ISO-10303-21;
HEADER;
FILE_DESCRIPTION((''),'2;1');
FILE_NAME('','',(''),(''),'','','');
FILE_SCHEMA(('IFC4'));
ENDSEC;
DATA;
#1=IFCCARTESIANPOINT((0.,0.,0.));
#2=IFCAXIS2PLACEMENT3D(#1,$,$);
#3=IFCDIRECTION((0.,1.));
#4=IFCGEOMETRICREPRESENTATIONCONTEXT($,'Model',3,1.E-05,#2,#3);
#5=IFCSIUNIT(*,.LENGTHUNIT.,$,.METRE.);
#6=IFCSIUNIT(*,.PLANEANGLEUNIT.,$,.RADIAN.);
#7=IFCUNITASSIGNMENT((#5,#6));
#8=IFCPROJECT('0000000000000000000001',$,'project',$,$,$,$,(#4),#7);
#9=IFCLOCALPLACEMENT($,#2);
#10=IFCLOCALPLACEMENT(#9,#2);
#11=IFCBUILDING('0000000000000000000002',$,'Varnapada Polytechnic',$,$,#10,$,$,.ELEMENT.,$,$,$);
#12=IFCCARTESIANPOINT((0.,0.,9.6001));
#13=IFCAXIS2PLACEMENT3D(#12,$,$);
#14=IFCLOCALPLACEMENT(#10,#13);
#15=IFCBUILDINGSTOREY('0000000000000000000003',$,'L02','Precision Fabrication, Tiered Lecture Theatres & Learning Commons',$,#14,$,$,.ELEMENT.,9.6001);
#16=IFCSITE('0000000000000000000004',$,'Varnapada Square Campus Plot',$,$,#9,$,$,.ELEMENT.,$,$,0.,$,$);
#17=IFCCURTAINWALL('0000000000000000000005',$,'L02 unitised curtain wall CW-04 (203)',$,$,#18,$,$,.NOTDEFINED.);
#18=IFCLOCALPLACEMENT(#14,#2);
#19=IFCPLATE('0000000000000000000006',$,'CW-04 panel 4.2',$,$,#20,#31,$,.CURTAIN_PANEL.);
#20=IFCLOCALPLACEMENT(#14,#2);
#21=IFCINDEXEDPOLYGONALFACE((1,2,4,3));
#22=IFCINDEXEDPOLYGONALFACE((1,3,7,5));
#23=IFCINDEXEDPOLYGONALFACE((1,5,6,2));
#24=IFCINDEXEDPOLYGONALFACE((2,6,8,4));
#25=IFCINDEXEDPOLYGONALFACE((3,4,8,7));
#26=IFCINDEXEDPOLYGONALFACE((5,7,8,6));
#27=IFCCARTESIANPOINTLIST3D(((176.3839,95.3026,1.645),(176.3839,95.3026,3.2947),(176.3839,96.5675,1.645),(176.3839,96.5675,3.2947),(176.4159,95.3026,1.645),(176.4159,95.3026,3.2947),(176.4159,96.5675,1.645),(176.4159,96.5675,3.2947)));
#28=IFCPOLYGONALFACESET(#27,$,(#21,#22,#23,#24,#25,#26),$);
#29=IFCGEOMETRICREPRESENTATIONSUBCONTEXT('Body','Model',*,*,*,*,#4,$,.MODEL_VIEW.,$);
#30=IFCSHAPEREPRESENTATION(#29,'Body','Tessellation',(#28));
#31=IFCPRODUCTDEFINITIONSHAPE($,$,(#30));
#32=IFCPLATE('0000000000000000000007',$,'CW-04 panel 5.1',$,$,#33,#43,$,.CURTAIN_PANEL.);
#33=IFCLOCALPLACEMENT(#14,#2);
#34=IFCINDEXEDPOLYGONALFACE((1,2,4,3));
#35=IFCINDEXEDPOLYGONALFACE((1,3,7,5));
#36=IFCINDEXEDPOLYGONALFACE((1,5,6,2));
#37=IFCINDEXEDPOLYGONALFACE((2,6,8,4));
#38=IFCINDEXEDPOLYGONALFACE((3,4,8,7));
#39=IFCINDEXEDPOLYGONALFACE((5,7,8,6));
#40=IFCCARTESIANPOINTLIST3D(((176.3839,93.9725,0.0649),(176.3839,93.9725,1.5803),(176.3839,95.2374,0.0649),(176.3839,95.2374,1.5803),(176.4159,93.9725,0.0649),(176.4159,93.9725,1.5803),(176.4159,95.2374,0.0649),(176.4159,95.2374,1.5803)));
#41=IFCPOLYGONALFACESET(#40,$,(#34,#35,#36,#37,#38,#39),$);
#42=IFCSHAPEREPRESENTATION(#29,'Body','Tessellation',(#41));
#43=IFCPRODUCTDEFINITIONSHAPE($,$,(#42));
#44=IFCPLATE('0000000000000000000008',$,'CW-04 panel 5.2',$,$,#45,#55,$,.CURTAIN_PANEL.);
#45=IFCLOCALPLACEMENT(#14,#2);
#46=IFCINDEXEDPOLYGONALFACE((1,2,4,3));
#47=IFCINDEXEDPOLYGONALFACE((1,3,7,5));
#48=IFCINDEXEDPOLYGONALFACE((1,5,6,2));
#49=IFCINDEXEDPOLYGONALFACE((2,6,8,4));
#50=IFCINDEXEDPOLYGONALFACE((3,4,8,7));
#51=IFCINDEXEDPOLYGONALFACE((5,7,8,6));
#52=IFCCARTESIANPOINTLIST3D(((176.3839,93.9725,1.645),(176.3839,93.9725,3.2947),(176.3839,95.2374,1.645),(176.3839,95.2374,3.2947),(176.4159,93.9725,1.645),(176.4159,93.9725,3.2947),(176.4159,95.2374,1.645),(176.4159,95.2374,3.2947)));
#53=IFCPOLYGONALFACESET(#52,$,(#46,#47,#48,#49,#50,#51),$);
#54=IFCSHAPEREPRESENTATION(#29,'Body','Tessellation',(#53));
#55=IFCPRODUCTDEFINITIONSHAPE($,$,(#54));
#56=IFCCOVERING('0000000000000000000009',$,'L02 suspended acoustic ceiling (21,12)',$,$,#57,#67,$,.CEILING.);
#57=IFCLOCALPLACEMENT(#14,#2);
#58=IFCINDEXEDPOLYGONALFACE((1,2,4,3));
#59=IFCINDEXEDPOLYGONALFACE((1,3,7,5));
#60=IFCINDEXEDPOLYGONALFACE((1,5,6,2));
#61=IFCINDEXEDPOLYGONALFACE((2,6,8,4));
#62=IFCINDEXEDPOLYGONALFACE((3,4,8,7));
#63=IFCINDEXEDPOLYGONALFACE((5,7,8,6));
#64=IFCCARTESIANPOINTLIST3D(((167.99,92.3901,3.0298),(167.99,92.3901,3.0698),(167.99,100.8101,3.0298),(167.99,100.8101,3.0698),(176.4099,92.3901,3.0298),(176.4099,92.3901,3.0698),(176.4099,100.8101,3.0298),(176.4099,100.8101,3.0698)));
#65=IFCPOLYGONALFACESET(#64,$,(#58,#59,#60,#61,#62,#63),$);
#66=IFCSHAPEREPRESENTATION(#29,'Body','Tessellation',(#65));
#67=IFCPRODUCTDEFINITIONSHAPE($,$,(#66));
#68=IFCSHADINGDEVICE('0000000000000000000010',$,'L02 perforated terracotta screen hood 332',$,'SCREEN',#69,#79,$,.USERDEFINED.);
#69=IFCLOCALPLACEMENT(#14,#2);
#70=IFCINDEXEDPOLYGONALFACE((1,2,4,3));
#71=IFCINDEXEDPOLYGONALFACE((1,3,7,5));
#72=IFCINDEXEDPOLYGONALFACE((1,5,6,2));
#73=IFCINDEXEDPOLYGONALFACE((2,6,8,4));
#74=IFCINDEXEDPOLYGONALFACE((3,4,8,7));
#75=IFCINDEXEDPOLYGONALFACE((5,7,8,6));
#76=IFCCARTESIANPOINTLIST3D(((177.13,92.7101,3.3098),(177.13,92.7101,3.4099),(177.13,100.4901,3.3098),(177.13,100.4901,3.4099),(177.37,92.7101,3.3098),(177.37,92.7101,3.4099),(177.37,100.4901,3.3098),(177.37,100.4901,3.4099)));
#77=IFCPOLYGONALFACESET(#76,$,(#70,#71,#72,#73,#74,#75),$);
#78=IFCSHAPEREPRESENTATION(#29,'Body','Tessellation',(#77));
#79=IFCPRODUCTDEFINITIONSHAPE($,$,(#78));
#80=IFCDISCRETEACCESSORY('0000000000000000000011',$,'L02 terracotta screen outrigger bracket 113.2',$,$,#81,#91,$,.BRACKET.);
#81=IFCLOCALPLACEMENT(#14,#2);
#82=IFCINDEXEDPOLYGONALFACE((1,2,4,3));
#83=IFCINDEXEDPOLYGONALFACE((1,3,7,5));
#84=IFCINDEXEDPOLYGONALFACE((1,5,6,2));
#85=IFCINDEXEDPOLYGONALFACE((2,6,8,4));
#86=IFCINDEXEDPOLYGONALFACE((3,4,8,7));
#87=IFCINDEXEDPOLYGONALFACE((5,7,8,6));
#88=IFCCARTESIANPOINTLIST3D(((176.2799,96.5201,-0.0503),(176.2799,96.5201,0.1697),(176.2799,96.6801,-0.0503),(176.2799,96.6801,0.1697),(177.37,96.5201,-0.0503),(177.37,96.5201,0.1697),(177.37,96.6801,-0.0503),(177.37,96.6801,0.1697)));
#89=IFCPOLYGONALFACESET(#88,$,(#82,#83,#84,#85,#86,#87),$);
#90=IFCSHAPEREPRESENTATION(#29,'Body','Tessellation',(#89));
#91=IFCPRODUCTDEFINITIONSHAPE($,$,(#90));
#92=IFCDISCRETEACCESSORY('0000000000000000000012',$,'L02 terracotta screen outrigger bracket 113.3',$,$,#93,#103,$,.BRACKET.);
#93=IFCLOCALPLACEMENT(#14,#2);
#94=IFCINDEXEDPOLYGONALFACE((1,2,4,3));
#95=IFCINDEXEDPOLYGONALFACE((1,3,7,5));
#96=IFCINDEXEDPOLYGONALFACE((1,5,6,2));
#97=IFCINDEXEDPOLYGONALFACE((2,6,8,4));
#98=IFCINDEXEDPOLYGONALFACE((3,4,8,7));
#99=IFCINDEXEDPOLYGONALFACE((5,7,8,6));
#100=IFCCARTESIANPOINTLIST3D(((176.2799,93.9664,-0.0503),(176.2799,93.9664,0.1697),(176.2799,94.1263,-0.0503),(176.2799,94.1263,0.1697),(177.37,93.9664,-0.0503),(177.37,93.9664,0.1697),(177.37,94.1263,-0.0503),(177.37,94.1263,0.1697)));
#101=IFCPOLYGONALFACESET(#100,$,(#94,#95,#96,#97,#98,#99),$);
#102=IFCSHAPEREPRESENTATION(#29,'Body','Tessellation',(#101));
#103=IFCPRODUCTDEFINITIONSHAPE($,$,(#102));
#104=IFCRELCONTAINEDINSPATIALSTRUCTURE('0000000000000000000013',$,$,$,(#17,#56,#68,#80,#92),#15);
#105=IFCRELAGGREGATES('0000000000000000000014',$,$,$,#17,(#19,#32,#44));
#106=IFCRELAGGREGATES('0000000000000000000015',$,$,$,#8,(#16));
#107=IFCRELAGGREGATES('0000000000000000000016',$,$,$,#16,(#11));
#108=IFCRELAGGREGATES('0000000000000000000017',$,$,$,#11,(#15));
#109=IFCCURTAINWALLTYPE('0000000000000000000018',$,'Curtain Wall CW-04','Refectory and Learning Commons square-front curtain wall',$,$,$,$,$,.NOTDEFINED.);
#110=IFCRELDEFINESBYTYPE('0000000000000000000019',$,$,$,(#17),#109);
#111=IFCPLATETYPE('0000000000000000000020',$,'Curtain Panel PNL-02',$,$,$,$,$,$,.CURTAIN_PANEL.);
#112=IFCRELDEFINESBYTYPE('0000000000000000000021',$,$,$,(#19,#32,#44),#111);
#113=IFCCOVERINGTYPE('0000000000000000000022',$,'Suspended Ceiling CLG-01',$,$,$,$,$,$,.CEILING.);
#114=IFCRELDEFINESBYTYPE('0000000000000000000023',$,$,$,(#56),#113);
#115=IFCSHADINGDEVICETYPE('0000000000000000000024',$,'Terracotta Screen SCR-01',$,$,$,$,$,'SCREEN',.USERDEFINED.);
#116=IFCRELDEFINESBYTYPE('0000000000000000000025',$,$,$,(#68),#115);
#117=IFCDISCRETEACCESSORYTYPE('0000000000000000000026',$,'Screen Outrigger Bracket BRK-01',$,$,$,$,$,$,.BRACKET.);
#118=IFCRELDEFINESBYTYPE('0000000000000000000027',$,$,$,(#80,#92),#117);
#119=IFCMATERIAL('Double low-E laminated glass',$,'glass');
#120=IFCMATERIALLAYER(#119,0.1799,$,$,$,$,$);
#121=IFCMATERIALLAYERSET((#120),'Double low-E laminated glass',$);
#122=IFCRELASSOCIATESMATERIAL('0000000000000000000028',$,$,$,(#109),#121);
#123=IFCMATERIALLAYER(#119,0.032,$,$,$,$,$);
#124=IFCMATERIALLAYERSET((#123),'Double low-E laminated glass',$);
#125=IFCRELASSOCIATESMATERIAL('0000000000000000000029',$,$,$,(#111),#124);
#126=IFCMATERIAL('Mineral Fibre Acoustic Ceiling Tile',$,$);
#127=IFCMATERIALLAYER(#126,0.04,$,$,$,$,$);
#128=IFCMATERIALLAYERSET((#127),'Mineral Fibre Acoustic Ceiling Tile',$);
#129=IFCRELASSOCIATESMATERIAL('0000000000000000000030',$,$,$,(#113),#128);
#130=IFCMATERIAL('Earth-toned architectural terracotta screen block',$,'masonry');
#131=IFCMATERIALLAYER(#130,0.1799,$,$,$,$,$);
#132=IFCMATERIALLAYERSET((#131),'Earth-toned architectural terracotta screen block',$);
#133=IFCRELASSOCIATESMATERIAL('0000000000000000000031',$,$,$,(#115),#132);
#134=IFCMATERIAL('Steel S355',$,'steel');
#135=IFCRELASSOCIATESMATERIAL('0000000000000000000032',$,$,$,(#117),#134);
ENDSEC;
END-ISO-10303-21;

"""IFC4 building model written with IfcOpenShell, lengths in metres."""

from ifc_helpers import new_model, si_unit, direction, frame, origin, origin_2d, place, context, subcontext, project, spatial, rectangle, extrude, material, layer, layer_set, type_object, element, aggregate, save


model = new_model("IFC4")

# Units and contexts
model_context = context("Model", 3, precision=1e-05, world=origin(), true_north=direction((0.0, 1.0)))
body_context = subcontext(model_context, "Body", "Model", "MODEL_VIEW")
ifc_project = project(units=[si_unit("LENGTHUNIT", "METRE"), si_unit("PLANEANGLEUNIT", "RADIAN")], contexts=[model_context])

# Site, building, storey
site_placement = place(None, origin())
site = spatial("IfcSite", under=ifc_project, at=site_placement, Name="Varnapada Square Campus Plot", CompositionType="ELEMENT", RefElevation=0.0)
building_placement = place(site_placement, origin())
building = spatial("IfcBuilding", under=site, at=building_placement, Name="Varnapada Polytechnic", CompositionType="ELEMENT")
storey_placement = place(building_placement, frame((0.0, 0.0, 9.6001)))
storey = spatial("IfcBuildingStorey", under=building, at=storey_placement, Name="L02", Description="Precision Fabrication, Tiered Lecture Theatres & Learning Commons", CompositionType="ELEMENT", Elevation=9.6001)

# Curtain wall, plates
ifc_material_1 = material(Name="Double low-E laminated glass", Category="glass")
ifc_layer_1 = layer(ifc_material_1, 0.1799)
ifc_layer_set_1 = layer_set([ifc_layer_1], Name="Double low-E laminated glass")
curtain_wall_type = type_object("IfcCurtainWallType", Name="Curtain Wall CW-04", Description="Refectory and Learning Commons square-front curtain wall", PredefinedType="NOTDEFINED", material=ifc_layer_set_1)
curtain_wall_placement = place(storey_placement, origin())
curtain_wall = element("IfcCurtainWall", 1, at=curtain_wall_placement, inside=storey, type_object=curtain_wall_type, Name="L02 unitised curtain wall CW-04 (203)", PredefinedType="NOTDEFINED")
ifc_layer_2 = layer(ifc_material_1, 0.032)
ifc_layer_set_2 = layer_set([ifc_layer_2], Name="Double low-E laminated glass")
plate_type = type_object("IfcPlateType", Name="Curtain Panel PNL-02", PredefinedType="CURTAIN_PANEL", material=ifc_layer_set_2)
plate_1_placement = place(storey_placement, frame((176.3999, 95.9351, 1.645), z_axis=(0.0, 0.0, 1.0), x_axis=(0.0, -1.0, 0.0)))
plate_1 = element("IfcPlate", 2, at=plate_1_placement, type_object=plate_type, Name="CW-04 panel 4.2", PredefinedType="CURTAIN_PANEL", context=body_context, shape_type="SweptSolid", body=[
    extrude(rectangle(XDim=1.2649, YDim=0.032, at=origin_2d()), origin(), (0.0, 0.0, 1.0), 1.6497),
])
plate_2_placement = place(storey_placement, frame((176.3999, 94.605, 0.0649), z_axis=(0.0, 0.0, 1.0), x_axis=(0.0, -1.0, 0.0)))
plate_2 = element("IfcPlate", 3, at=plate_2_placement, type_object=plate_type, Name="CW-04 panel 5.1", PredefinedType="CURTAIN_PANEL", context=body_context, shape_type="SweptSolid", body=[
    extrude(rectangle(XDim=1.2649, YDim=0.032, at=origin_2d()), origin(), (0.0, 0.0, 1.0), 1.5154),
])
plate_3_placement = place(storey_placement, frame((176.3999, 94.605, 1.645), z_axis=(0.0, 0.0, 1.0), x_axis=(0.0, -1.0, 0.0)))
plate_3 = element("IfcPlate", 4, at=plate_3_placement, type_object=plate_type, Name="CW-04 panel 5.2", PredefinedType="CURTAIN_PANEL", context=body_context, shape_type="SweptSolid", body=[
    extrude(rectangle(XDim=1.2649, YDim=0.032, at=origin_2d()), origin(), (0.0, 0.0, 1.0), 1.6497),
])
aggregate(curtain_wall, [plate_1, plate_2, plate_3])

# Covering
ifc_material_2 = material(Name="Mineral Fibre Acoustic Ceiling Tile")
ifc_layer_3 = layer(ifc_material_2, 0.04)
ifc_layer_set_3 = layer_set([ifc_layer_3], Name="Mineral Fibre Acoustic Ceiling Tile")
covering_type = type_object("IfcCoveringType", Name="Suspended Ceiling CLG-01", PredefinedType="CEILING", material=ifc_layer_set_3)
covering_placement = place(storey_placement, frame((172.2, 96.6001, 3.0298), z_axis=(0.0, 0.0, 1.0), x_axis=(1.0, 0.0, 0.0)))
element("IfcCovering", 5, at=covering_placement, inside=storey, type_object=covering_type, Name="L02 suspended acoustic ceiling (21,12)", PredefinedType="CEILING", context=body_context, shape_type="SweptSolid", body=[
    extrude(rectangle(XDim=8.4199, YDim=8.4199, at=origin_2d()), origin(), (0.0, 0.0, 1.0), 0.04),
])

# Shading device
ifc_material_3 = material(Name="Earth-toned architectural terracotta screen block", Category="masonry")
ifc_layer_4 = layer(ifc_material_3, 0.1799)
ifc_layer_set_4 = layer_set([ifc_layer_4], Name="Earth-toned architectural terracotta screen block")
shading_device_type = type_object("IfcShadingDeviceType", Name="Terracotta Screen SCR-01", ElementType="SCREEN", PredefinedType="USERDEFINED", material=ifc_layer_set_4)
shading_device_placement = place(storey_placement, frame((177.25, 96.6001, 3.3098), z_axis=(0.0, 0.0, 1.0), x_axis=(0.0, -1.0, 0.0)))
element("IfcShadingDevice", 6, at=shading_device_placement, inside=storey, type_object=shading_device_type, Name="L02 perforated terracotta screen hood 332", ObjectType="SCREEN", PredefinedType="USERDEFINED", context=body_context, shape_type="SweptSolid", body=[
    extrude(rectangle(XDim=7.78, YDim=0.24, at=origin_2d()), origin(), (0.0, 0.0, 1.0), 0.1001),
])

# Discrete accessories
ifc_material_4 = material(Name="Steel S355", Category="steel")
discrete_accessory_type = type_object("IfcDiscreteAccessoryType", Name="Screen Outrigger Bracket BRK-01", PredefinedType="BRACKET", material=ifc_material_4)
for number, where, z_axis, x_axis, name in (
    (7, (176.825, 96.6001, -0.0503), (0.0, 0.0, 1.0), (0.0, -1.0, 0.0), "L02 terracotta screen outrigger bracket 113.2"),
    (8, (176.825, 94.0464, -0.0503), (0.0, 0.0, 1.0), (0.0, -1.0, 0.0), "L02 terracotta screen outrigger bracket 113.3"),
):
    element("IfcDiscreteAccessory", number, at=place(storey_placement, frame(where, z_axis=z_axis, x_axis=x_axis)), inside=storey, type_object=discrete_accessory_type, Name=name, PredefinedType="BRACKET", context=body_context, shape_type="SweptSolid", body=[
        extrude(rectangle(XDim=0.1599, YDim=1.0901, at=origin_2d()), origin(), (0.0, 0.0, 1.0), 0.22),
    ])

save(model, "model.ifc")
